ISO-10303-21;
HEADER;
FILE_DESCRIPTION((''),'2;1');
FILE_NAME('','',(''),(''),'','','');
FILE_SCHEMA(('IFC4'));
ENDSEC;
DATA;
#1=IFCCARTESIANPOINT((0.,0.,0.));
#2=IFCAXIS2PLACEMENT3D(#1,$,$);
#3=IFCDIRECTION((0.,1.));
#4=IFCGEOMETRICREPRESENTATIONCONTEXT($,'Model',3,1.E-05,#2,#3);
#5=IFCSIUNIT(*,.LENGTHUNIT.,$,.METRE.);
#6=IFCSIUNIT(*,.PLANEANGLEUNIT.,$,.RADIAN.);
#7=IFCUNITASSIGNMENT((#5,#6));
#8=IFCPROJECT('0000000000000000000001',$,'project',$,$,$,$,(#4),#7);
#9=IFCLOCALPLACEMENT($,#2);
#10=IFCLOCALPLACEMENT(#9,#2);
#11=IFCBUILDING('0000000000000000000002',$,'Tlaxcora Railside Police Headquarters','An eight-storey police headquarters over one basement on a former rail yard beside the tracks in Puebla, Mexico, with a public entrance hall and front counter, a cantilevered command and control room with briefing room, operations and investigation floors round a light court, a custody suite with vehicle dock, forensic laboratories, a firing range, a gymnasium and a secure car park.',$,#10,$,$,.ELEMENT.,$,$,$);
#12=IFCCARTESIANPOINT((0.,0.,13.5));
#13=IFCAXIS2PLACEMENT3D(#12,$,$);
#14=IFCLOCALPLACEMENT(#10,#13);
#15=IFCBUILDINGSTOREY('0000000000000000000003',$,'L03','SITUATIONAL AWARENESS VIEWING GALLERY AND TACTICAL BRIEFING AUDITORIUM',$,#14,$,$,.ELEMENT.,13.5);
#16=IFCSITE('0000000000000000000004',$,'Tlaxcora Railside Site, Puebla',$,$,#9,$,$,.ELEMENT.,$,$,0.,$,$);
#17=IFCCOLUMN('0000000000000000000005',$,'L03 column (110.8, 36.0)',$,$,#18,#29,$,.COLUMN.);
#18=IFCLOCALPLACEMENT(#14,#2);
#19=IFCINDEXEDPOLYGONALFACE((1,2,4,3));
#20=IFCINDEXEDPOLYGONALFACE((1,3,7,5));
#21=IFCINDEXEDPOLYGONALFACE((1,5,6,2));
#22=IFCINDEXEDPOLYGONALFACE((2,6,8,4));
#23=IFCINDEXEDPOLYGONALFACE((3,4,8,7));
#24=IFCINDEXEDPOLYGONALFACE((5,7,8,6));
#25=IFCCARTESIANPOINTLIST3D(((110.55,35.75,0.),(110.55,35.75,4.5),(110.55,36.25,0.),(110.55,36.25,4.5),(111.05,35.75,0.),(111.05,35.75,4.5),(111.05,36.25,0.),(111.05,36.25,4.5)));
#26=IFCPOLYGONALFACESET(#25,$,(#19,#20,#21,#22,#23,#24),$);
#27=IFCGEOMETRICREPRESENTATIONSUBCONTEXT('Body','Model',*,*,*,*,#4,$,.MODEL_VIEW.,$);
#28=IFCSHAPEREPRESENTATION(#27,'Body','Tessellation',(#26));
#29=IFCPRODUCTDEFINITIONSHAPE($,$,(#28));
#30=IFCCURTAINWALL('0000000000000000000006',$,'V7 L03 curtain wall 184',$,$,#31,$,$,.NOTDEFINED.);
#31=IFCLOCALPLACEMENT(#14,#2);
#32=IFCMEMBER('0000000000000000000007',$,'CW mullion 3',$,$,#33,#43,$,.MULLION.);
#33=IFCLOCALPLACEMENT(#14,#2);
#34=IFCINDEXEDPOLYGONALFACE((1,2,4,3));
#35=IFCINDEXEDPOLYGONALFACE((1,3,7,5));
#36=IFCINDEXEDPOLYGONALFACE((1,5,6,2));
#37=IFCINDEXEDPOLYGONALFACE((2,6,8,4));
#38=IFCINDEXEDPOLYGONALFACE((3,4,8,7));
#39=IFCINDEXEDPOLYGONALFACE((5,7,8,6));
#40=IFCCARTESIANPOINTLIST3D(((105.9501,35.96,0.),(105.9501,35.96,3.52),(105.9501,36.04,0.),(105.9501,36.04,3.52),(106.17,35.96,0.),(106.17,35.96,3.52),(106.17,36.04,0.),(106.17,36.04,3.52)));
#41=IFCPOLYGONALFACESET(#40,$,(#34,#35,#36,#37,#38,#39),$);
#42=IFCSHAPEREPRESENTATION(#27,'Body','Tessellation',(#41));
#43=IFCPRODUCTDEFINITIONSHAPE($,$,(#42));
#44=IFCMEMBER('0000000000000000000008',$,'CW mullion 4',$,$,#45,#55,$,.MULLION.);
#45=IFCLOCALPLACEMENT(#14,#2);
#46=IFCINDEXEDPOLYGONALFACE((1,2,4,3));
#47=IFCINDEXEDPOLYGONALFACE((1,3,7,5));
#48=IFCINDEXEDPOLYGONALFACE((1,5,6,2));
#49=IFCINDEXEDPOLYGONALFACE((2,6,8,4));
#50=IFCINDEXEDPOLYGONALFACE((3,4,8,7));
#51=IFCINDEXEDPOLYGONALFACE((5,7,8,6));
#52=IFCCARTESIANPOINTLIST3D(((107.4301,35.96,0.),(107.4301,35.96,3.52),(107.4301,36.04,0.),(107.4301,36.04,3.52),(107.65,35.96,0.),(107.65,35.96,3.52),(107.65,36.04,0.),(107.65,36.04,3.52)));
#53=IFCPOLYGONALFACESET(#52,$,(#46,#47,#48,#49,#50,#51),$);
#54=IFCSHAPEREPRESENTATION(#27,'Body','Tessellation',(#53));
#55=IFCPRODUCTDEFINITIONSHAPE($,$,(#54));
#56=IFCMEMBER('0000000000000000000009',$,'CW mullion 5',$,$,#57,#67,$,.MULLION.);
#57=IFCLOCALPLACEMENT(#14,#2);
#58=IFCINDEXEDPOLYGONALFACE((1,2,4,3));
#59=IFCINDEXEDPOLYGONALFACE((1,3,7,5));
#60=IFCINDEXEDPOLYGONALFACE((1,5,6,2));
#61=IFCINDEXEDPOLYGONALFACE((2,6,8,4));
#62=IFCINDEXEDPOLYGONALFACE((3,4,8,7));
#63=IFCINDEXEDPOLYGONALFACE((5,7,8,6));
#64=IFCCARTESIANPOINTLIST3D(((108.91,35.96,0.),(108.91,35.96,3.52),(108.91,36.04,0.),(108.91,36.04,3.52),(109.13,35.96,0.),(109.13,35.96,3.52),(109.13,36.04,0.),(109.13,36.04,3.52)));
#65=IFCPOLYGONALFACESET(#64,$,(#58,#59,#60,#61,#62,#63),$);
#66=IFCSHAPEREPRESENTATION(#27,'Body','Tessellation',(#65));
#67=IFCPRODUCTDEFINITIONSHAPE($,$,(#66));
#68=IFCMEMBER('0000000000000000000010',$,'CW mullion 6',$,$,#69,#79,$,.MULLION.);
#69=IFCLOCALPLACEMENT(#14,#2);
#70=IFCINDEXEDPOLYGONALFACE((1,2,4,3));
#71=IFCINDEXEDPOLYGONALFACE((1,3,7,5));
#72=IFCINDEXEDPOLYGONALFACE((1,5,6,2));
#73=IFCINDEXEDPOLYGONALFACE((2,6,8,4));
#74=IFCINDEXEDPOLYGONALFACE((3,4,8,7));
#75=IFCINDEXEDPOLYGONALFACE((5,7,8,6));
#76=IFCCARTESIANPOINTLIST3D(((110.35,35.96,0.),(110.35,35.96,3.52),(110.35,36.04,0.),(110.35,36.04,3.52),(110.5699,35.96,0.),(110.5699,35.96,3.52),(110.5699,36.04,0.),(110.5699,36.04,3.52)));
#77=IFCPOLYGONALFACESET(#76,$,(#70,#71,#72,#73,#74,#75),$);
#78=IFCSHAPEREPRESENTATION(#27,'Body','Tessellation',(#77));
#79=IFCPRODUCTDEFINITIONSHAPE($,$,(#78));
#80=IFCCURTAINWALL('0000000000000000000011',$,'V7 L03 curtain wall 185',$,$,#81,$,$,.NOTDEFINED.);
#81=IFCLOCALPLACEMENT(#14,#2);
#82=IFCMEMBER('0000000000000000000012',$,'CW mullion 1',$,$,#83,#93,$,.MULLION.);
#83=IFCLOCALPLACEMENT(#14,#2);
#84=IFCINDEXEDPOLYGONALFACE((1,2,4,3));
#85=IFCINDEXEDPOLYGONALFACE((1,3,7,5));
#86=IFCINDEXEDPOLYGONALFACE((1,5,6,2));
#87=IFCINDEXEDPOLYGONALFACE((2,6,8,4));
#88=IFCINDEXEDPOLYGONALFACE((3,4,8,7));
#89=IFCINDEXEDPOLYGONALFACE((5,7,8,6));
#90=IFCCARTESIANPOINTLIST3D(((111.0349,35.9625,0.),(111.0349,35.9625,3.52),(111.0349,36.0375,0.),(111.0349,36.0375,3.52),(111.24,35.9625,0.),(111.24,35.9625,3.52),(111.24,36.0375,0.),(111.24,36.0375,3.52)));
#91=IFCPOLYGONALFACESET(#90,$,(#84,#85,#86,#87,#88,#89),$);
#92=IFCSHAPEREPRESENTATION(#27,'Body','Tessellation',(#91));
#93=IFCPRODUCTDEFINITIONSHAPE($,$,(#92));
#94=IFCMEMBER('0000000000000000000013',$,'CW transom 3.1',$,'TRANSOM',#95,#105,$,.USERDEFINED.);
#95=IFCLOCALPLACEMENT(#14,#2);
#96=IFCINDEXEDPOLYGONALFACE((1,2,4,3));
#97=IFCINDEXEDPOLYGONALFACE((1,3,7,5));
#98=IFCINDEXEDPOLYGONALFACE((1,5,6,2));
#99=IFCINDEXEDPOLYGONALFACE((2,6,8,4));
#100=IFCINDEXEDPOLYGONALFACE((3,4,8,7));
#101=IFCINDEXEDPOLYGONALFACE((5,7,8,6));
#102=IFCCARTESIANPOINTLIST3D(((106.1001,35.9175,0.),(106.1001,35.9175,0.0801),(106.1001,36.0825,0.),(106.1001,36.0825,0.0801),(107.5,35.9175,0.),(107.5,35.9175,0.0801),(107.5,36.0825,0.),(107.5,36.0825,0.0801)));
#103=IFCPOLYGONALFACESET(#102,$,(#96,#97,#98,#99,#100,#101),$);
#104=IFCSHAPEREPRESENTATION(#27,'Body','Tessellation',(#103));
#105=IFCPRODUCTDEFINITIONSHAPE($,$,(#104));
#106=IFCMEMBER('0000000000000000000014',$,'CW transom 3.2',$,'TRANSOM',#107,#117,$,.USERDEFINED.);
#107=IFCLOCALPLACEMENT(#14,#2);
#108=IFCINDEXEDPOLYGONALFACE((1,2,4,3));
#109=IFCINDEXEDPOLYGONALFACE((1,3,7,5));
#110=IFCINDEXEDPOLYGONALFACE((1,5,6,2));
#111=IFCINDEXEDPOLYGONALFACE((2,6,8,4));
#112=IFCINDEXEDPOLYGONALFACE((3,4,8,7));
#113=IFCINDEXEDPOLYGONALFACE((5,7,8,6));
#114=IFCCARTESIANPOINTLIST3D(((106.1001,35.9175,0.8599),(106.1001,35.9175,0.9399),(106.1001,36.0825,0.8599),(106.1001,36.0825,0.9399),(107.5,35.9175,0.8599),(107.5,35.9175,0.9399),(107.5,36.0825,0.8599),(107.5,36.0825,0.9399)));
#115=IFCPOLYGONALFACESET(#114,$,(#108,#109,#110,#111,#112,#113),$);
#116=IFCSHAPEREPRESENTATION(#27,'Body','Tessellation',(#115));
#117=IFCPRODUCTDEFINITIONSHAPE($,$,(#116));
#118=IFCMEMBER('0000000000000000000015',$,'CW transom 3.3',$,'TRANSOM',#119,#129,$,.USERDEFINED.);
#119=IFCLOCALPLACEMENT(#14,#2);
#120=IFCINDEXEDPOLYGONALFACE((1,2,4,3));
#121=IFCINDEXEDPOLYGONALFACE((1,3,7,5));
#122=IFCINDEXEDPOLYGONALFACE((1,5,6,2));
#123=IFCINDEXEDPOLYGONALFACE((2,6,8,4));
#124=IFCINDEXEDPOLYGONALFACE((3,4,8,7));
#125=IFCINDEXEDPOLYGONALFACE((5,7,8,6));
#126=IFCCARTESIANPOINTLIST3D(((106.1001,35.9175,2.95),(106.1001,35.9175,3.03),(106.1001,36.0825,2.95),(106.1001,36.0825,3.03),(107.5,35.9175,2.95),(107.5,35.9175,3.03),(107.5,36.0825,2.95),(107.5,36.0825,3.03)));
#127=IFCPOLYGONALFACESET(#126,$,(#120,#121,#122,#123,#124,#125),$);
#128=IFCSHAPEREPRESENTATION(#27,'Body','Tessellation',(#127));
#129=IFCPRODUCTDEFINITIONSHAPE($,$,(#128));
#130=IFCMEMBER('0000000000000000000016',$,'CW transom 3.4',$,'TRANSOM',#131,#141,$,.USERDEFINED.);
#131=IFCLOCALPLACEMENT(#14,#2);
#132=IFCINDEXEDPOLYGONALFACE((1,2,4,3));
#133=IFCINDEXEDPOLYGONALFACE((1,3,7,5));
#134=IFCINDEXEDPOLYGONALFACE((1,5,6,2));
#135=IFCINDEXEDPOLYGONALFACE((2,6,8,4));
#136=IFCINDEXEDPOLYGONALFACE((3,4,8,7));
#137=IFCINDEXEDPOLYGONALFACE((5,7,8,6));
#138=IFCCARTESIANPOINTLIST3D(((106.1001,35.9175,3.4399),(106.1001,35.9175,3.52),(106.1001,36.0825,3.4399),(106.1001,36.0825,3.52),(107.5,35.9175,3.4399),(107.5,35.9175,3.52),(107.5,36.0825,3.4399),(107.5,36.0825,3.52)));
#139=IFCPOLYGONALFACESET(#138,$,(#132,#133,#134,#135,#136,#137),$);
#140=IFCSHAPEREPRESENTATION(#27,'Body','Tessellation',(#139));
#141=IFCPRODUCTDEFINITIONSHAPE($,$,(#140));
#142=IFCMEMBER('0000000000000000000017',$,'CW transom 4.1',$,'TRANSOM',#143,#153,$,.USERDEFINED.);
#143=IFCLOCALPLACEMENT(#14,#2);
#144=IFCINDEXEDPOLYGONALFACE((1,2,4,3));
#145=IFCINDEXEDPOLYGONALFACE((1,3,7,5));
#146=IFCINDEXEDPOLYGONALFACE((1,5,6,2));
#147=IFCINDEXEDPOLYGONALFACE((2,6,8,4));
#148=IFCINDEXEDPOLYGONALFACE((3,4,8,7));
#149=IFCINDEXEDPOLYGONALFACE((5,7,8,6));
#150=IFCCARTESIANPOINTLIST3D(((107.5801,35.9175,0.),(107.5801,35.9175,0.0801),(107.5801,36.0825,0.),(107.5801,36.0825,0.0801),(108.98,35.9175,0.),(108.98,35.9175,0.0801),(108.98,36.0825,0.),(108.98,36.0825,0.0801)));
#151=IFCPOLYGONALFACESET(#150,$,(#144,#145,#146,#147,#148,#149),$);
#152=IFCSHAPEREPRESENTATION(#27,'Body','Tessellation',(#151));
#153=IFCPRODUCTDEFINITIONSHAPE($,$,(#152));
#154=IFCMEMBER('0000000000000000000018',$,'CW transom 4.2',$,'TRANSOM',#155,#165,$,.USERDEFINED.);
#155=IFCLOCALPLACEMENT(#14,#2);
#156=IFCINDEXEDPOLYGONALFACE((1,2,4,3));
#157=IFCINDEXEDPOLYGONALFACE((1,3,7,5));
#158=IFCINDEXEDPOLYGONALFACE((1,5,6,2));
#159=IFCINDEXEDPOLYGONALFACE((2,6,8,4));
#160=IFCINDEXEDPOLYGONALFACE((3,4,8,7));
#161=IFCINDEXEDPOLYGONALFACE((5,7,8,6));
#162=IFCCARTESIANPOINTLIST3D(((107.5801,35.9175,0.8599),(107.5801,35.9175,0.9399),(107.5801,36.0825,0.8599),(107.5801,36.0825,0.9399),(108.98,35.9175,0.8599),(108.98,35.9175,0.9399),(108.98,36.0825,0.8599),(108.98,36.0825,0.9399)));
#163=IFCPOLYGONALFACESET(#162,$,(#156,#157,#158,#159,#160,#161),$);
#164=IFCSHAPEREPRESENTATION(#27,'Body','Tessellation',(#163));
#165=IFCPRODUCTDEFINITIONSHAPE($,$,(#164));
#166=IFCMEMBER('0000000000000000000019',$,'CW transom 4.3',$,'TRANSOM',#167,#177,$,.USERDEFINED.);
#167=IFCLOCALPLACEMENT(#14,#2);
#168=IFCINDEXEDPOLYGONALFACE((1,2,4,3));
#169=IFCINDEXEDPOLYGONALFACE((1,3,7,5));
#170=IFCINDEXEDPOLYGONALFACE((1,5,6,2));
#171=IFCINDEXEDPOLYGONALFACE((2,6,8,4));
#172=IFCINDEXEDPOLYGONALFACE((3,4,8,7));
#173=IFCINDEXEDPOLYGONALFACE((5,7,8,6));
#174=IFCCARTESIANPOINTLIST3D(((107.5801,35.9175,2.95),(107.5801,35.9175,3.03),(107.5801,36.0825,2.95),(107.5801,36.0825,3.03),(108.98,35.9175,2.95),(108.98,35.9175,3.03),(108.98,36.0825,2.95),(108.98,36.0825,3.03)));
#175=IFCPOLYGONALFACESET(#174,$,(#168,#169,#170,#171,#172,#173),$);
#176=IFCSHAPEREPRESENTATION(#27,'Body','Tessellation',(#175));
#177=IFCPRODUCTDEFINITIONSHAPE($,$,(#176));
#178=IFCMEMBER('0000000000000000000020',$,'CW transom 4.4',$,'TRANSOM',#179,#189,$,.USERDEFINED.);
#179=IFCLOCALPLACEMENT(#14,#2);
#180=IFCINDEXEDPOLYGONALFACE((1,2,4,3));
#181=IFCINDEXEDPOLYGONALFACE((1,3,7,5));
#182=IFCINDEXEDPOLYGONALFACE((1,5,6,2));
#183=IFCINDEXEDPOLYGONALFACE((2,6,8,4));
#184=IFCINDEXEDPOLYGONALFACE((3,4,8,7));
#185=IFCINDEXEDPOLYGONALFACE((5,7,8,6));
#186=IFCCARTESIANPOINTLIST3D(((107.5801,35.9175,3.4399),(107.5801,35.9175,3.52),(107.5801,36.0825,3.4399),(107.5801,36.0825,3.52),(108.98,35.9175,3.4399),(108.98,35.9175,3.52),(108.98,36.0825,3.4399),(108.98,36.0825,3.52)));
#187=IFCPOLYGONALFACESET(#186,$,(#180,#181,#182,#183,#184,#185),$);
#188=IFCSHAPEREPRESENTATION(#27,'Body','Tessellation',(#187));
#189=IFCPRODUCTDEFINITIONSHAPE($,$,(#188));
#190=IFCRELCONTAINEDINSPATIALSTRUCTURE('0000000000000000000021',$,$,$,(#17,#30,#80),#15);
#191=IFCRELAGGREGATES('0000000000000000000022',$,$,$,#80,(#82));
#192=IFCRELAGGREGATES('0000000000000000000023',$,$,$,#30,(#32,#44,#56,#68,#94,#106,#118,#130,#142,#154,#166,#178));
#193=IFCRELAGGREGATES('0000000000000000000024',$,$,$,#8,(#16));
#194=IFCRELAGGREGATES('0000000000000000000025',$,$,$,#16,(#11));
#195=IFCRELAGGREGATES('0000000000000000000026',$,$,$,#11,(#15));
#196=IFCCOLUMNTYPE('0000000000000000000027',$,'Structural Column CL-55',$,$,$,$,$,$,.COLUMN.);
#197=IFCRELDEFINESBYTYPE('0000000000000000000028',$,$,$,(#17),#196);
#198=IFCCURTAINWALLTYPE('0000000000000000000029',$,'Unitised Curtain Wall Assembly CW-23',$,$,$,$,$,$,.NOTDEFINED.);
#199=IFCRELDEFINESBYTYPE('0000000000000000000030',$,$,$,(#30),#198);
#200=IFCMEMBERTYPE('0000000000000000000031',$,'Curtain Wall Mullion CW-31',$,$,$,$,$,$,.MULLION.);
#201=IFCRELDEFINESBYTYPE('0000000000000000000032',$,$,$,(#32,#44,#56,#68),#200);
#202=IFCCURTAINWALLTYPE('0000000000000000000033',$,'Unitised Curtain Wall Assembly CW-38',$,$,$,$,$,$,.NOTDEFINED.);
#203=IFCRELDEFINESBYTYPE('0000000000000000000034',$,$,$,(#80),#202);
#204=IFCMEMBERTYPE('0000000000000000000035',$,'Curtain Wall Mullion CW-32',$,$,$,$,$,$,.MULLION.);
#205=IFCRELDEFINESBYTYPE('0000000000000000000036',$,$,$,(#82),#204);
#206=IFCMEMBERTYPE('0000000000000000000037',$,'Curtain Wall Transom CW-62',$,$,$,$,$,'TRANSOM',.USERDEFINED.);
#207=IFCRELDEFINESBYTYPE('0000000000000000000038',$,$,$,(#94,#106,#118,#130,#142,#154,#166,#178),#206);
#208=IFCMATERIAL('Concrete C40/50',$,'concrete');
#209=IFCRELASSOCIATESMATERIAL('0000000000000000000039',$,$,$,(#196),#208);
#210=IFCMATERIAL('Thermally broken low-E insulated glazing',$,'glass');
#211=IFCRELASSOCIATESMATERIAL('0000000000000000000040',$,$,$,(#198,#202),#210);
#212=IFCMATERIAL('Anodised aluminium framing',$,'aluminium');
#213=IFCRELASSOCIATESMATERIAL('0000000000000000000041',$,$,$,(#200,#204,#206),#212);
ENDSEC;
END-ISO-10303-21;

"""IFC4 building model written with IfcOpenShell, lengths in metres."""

from ifc_helpers import new_model, si_unit, direction, frame, origin, origin_2d, place, context, subcontext, project, spatial, rectangle, extrude, material, material_profile, profile_set, type_object, element, aggregate, save


model = new_model("IFC4")

# Units and contexts
model_context = context("Model", 3, precision=1e-05, world=origin(), true_north=direction((0.0, 1.0)))
body_context = subcontext(model_context, "Body", "Model", "MODEL_VIEW")
ifc_project = project(units=[si_unit("LENGTHUNIT", "METRE"), si_unit("PLANEANGLEUNIT", "RADIAN")], contexts=[model_context])

# Site, building, storey
site_placement = place(None, origin())
site = spatial("IfcSite", under=ifc_project, at=site_placement, Name="Tlaxcora Railside Site, Puebla", CompositionType="ELEMENT", RefElevation=0.0)
building_placement = place(site_placement, origin())
building = spatial("IfcBuilding", under=site, at=building_placement, Name="Tlaxcora Railside Police Headquarters", Description="An eight-storey police headquarters over one basement on a former rail yard beside the tracks in Puebla, Mexico, with a public entrance hall and front counter, a cantilevered command and control room with briefing room, operations and investigation floors round a light court, a custody suite with vehicle dock, forensic laboratories, a firing range, a gymnasium and a secure car park.", CompositionType="ELEMENT")
storey_placement = place(building_placement, frame((0.0, 0.0, 13.5)))
storey = spatial("IfcBuildingStorey", under=building, at=storey_placement, Name="L03", Description="SITUATIONAL AWARENESS VIEWING GALLERY AND TACTICAL BRIEFING AUDITORIUM", CompositionType="ELEMENT", Elevation=13.5)

# Column
ifc_material_1 = material(Name="Concrete C40/50", Category="concrete")
ifc_material_profile_1 = material_profile(ifc_material_1, rectangle(XDim=0.5, YDim=0.5, at=origin_2d()), Name="RC500X500")
ifc_profile_set_1 = profile_set([ifc_material_profile_1], Name="Concrete C40/50")
column_type = type_object("IfcColumnType", Name="Structural Column CL-55", PredefinedType="COLUMN", material=ifc_profile_set_1)
column_placement = place(storey_placement, frame((110.8, 36.0, 0.0), z_axis=(0.0, 0.0, 1.0), x_axis=(1.0, 0.0, 0.0)))
element("IfcColumn", 1, at=column_placement, inside=storey, type_object=column_type, Name="L03 column (110.8, 36.0)", PredefinedType="COLUMN", context=body_context, shape_type="SweptSolid", body=[
    extrude(rectangle(XDim=0.5, YDim=0.5, at=origin_2d()), origin(), (0.0, 0.0, 1.0), 4.5),
])

# Curtain wall, members
ifc_material_2 = material(Name="Thermally broken low-E insulated glazing", Category="glass")
curtain_wall_type_1 = type_object("IfcCurtainWallType", Name="Unitised Curtain Wall Assembly CW-23", PredefinedType="NOTDEFINED", material=ifc_material_2)
curtain_wall_1_placement = place(storey_placement, origin())
curtain_wall_1 = element("IfcCurtainWall", 2, at=curtain_wall_1_placement, inside=storey, type_object=curtain_wall_type_1, Name="V7 L03 curtain wall 184", PredefinedType="NOTDEFINED")
ifc_material_3 = material(Name="Anodised aluminium framing", Category="aluminium")
ifc_material_profile_2 = material_profile(ifc_material_3, rectangle(XDim=0.0801, YDim=0.22, at=origin_2d()), Name="AL80X220")
ifc_profile_set_2 = profile_set([ifc_material_profile_2], Name="Anodised aluminium framing")
member_type_1 = type_object("IfcMemberType", Name="Curtain Wall Mullion CW-31", PredefinedType="MULLION", material=ifc_profile_set_2)
member_1_placement = place(storey_placement, frame((106.0601, 36.0, 0.0), z_axis=(0.0, 0.0, 1.0), x_axis=(0.0, 1.0, 0.0)))
member_1 = element("IfcMember", 3, at=member_1_placement, type_object=member_type_1, Name="CW mullion 3", PredefinedType="MULLION", context=body_context, shape_type="SweptSolid", body=[
    extrude(rectangle(XDim=0.0801, YDim=0.22, at=origin_2d()), origin(), (0.0, 0.0, 1.0), 3.52),
])
member_2_placement = place(storey_placement, frame((107.54, 36.0, 0.0), z_axis=(0.0, 0.0, 1.0), x_axis=(0.0, 1.0, 0.0)))
member_2 = element("IfcMember", 4, at=member_2_placement, type_object=member_type_1, Name="CW mullion 4", PredefinedType="MULLION", context=body_context, shape_type="SweptSolid", body=[
    extrude(rectangle(XDim=0.0801, YDim=0.22, at=origin_2d()), origin(), (0.0, 0.0, 1.0), 3.52),
])
member_3_placement = place(storey_placement, frame((109.02, 36.0, 0.0), z_axis=(0.0, 0.0, 1.0), x_axis=(0.0, 1.0, 0.0)))
member_3 = element("IfcMember", 5, at=member_3_placement, type_object=member_type_1, Name="CW mullion 5", PredefinedType="MULLION", context=body_context, shape_type="SweptSolid", body=[
    extrude(rectangle(XDim=0.0801, YDim=0.22, at=origin_2d()), origin(), (0.0, 0.0, 1.0), 3.52),
])
member_4_placement = place(storey_placement, frame((110.46, 36.0, 0.0), z_axis=(0.0, 0.0, 1.0), x_axis=(0.0, 1.0, 0.0)))
member_4 = element("IfcMember", 6, at=member_4_placement, type_object=member_type_1, Name="CW mullion 6", PredefinedType="MULLION", context=body_context, shape_type="SweptSolid", body=[
    extrude(rectangle(XDim=0.0801, YDim=0.22, at=origin_2d()), origin(), (0.0, 0.0, 1.0), 3.52),
])

# Curtain wall, member
curtain_wall_type_2 = type_object("IfcCurtainWallType", Name="Unitised Curtain Wall Assembly CW-38", PredefinedType="NOTDEFINED", material=ifc_material_2)
curtain_wall_2_placement = place(storey_placement, origin())
curtain_wall_2 = element("IfcCurtainWall", 7, at=curtain_wall_2_placement, inside=storey, type_object=curtain_wall_type_2, Name="V7 L03 curtain wall 185", PredefinedType="NOTDEFINED")
ifc_material_profile_3 = material_profile(ifc_material_3, rectangle(XDim=0.075, YDim=0.2051, at=origin_2d()), Name="AL75X205")
ifc_profile_set_3 = profile_set([ifc_material_profile_3], Name="Anodised aluminium framing")
member_type_2 = type_object("IfcMemberType", Name="Curtain Wall Mullion CW-32", PredefinedType="MULLION", material=ifc_profile_set_3)
member_5_placement = place(storey_placement, frame((111.1375, 36.0, 0.0), z_axis=(0.0, 0.0, 1.0), x_axis=(0.0, 1.0, 0.0)))
member_5 = element("IfcMember", 8, at=member_5_placement, type_object=member_type_2, Name="CW mullion 1", PredefinedType="MULLION", context=body_context, shape_type="SweptSolid", body=[
    extrude(rectangle(XDim=0.075, YDim=0.2051, at=origin_2d()), origin(), (0.0, 0.0, 1.0), 3.52),
])
aggregate(curtain_wall_2, [member_5])

# Members
ifc_material_profile_4 = material_profile(ifc_material_3, rectangle(XDim=0.165, YDim=0.0801, at=origin_2d()), Name="AL80X165")
ifc_profile_set_4 = profile_set([ifc_material_profile_4], Name="Anodised aluminium framing")
member_type_3 = type_object("IfcMemberType", Name="Curtain Wall Transom CW-62", ElementType="TRANSOM", PredefinedType="USERDEFINED", material=ifc_profile_set_4)
member_6_placement = place(storey_placement, frame((106.1001, 36.0, 0.04), z_axis=(1.0, 0.0, 0.0), x_axis=(0.0, 1.0, 0.0)))
member_6 = element("IfcMember", 9, at=member_6_placement, type_object=member_type_3, Name="CW transom 3.1", ObjectType="TRANSOM", PredefinedType="USERDEFINED", context=body_context, shape_type="SweptSolid", body=[
    extrude(rectangle(XDim=0.165, YDim=0.0801, at=origin_2d()), origin(), (0.0, 0.0, 1.0), 1.3999),
])
member_7_placement = place(storey_placement, frame((106.1001, 36.0, 0.8999), z_axis=(1.0, 0.0, 0.0), x_axis=(0.0, 1.0, 0.0)))
member_7 = element("IfcMember", 10, at=member_7_placement, type_object=member_type_3, Name="CW transom 3.2", ObjectType="TRANSOM", PredefinedType="USERDEFINED", context=body_context, shape_type="SweptSolid", body=[
    extrude(rectangle(XDim=0.165, YDim=0.0801, at=origin_2d()), origin(), (0.0, 0.0, 1.0), 1.3999),
])
member_8_placement = place(storey_placement, frame((106.1001, 36.0, 2.99), z_axis=(1.0, 0.0, 0.0), x_axis=(0.0, 1.0, 0.0)))
member_8 = element("IfcMember", 11, at=member_8_placement, type_object=member_type_3, Name="CW transom 3.3", ObjectType="TRANSOM", PredefinedType="USERDEFINED", context=body_context, shape_type="SweptSolid", body=[
    extrude(rectangle(XDim=0.165, YDim=0.0801, at=origin_2d()), origin(), (0.0, 0.0, 1.0), 1.3999),
])
member_9_placement = place(storey_placement, frame((106.1001, 36.0, 3.48), z_axis=(1.0, 0.0, 0.0), x_axis=(0.0, 1.0, 0.0)))
member_9 = element("IfcMember", 12, at=member_9_placement, type_object=member_type_3, Name="CW transom 3.4", ObjectType="TRANSOM", PredefinedType="USERDEFINED", context=body_context, shape_type="SweptSolid", body=[
    extrude(rectangle(XDim=0.165, YDim=0.0801, at=origin_2d()), origin(), (0.0, 0.0, 1.0), 1.3999),
])
member_10_placement = place(storey_placement, frame((107.5801, 36.0, 0.04), z_axis=(1.0, 0.0, 0.0), x_axis=(0.0, 1.0, 0.0)))
member_10 = element("IfcMember", 13, at=member_10_placement, type_object=member_type_3, Name="CW transom 4.1", ObjectType="TRANSOM", PredefinedType="USERDEFINED", context=body_context, shape_type="SweptSolid", body=[
    extrude(rectangle(XDim=0.165, YDim=0.0801, at=origin_2d()), origin(), (0.0, 0.0, 1.0), 1.3999),
])
member_11_placement = place(storey_placement, frame((107.5801, 36.0, 0.8999), z_axis=(1.0, 0.0, 0.0), x_axis=(0.0, 1.0, 0.0)))
member_11 = element("IfcMember", 14, at=member_11_placement, type_object=member_type_3, Name="CW transom 4.2", ObjectType="TRANSOM", PredefinedType="USERDEFINED", context=body_context, shape_type="SweptSolid", body=[
    extrude(rectangle(XDim=0.165, YDim=0.0801, at=origin_2d()), origin(), (0.0, 0.0, 1.0), 1.3999),
])
member_12_placement = place(storey_placement, frame((107.5801, 36.0, 2.99), z_axis=(1.0, 0.0, 0.0), x_axis=(0.0, 1.0, 0.0)))
member_12 = element("IfcMember", 15, at=member_12_placement, type_object=member_type_3, Name="CW transom 4.3", ObjectType="TRANSOM", PredefinedType="USERDEFINED", context=body_context, shape_type="SweptSolid", body=[
    extrude(rectangle(XDim=0.165, YDim=0.0801, at=origin_2d()), origin(), (0.0, 0.0, 1.0), 1.3999),
])
member_13_placement = place(storey_placement, frame((107.5801, 36.0, 3.48), z_axis=(1.0, 0.0, 0.0), x_axis=(0.0, 1.0, 0.0)))
member_13 = element("IfcMember", 16, at=member_13_placement, type_object=member_type_3, Name="CW transom 4.4", ObjectType="TRANSOM", PredefinedType="USERDEFINED", context=body_context, shape_type="SweptSolid", body=[
    extrude(rectangle(XDim=0.165, YDim=0.0801, at=origin_2d()), origin(), (0.0, 0.0, 1.0), 1.3999),
])

aggregate(curtain_wall_1, [member_1, member_2, member_3, member_4, member_6, member_7, member_8, member_9, member_10, member_11, member_12, member_13])

save(model, "model.ifc")
